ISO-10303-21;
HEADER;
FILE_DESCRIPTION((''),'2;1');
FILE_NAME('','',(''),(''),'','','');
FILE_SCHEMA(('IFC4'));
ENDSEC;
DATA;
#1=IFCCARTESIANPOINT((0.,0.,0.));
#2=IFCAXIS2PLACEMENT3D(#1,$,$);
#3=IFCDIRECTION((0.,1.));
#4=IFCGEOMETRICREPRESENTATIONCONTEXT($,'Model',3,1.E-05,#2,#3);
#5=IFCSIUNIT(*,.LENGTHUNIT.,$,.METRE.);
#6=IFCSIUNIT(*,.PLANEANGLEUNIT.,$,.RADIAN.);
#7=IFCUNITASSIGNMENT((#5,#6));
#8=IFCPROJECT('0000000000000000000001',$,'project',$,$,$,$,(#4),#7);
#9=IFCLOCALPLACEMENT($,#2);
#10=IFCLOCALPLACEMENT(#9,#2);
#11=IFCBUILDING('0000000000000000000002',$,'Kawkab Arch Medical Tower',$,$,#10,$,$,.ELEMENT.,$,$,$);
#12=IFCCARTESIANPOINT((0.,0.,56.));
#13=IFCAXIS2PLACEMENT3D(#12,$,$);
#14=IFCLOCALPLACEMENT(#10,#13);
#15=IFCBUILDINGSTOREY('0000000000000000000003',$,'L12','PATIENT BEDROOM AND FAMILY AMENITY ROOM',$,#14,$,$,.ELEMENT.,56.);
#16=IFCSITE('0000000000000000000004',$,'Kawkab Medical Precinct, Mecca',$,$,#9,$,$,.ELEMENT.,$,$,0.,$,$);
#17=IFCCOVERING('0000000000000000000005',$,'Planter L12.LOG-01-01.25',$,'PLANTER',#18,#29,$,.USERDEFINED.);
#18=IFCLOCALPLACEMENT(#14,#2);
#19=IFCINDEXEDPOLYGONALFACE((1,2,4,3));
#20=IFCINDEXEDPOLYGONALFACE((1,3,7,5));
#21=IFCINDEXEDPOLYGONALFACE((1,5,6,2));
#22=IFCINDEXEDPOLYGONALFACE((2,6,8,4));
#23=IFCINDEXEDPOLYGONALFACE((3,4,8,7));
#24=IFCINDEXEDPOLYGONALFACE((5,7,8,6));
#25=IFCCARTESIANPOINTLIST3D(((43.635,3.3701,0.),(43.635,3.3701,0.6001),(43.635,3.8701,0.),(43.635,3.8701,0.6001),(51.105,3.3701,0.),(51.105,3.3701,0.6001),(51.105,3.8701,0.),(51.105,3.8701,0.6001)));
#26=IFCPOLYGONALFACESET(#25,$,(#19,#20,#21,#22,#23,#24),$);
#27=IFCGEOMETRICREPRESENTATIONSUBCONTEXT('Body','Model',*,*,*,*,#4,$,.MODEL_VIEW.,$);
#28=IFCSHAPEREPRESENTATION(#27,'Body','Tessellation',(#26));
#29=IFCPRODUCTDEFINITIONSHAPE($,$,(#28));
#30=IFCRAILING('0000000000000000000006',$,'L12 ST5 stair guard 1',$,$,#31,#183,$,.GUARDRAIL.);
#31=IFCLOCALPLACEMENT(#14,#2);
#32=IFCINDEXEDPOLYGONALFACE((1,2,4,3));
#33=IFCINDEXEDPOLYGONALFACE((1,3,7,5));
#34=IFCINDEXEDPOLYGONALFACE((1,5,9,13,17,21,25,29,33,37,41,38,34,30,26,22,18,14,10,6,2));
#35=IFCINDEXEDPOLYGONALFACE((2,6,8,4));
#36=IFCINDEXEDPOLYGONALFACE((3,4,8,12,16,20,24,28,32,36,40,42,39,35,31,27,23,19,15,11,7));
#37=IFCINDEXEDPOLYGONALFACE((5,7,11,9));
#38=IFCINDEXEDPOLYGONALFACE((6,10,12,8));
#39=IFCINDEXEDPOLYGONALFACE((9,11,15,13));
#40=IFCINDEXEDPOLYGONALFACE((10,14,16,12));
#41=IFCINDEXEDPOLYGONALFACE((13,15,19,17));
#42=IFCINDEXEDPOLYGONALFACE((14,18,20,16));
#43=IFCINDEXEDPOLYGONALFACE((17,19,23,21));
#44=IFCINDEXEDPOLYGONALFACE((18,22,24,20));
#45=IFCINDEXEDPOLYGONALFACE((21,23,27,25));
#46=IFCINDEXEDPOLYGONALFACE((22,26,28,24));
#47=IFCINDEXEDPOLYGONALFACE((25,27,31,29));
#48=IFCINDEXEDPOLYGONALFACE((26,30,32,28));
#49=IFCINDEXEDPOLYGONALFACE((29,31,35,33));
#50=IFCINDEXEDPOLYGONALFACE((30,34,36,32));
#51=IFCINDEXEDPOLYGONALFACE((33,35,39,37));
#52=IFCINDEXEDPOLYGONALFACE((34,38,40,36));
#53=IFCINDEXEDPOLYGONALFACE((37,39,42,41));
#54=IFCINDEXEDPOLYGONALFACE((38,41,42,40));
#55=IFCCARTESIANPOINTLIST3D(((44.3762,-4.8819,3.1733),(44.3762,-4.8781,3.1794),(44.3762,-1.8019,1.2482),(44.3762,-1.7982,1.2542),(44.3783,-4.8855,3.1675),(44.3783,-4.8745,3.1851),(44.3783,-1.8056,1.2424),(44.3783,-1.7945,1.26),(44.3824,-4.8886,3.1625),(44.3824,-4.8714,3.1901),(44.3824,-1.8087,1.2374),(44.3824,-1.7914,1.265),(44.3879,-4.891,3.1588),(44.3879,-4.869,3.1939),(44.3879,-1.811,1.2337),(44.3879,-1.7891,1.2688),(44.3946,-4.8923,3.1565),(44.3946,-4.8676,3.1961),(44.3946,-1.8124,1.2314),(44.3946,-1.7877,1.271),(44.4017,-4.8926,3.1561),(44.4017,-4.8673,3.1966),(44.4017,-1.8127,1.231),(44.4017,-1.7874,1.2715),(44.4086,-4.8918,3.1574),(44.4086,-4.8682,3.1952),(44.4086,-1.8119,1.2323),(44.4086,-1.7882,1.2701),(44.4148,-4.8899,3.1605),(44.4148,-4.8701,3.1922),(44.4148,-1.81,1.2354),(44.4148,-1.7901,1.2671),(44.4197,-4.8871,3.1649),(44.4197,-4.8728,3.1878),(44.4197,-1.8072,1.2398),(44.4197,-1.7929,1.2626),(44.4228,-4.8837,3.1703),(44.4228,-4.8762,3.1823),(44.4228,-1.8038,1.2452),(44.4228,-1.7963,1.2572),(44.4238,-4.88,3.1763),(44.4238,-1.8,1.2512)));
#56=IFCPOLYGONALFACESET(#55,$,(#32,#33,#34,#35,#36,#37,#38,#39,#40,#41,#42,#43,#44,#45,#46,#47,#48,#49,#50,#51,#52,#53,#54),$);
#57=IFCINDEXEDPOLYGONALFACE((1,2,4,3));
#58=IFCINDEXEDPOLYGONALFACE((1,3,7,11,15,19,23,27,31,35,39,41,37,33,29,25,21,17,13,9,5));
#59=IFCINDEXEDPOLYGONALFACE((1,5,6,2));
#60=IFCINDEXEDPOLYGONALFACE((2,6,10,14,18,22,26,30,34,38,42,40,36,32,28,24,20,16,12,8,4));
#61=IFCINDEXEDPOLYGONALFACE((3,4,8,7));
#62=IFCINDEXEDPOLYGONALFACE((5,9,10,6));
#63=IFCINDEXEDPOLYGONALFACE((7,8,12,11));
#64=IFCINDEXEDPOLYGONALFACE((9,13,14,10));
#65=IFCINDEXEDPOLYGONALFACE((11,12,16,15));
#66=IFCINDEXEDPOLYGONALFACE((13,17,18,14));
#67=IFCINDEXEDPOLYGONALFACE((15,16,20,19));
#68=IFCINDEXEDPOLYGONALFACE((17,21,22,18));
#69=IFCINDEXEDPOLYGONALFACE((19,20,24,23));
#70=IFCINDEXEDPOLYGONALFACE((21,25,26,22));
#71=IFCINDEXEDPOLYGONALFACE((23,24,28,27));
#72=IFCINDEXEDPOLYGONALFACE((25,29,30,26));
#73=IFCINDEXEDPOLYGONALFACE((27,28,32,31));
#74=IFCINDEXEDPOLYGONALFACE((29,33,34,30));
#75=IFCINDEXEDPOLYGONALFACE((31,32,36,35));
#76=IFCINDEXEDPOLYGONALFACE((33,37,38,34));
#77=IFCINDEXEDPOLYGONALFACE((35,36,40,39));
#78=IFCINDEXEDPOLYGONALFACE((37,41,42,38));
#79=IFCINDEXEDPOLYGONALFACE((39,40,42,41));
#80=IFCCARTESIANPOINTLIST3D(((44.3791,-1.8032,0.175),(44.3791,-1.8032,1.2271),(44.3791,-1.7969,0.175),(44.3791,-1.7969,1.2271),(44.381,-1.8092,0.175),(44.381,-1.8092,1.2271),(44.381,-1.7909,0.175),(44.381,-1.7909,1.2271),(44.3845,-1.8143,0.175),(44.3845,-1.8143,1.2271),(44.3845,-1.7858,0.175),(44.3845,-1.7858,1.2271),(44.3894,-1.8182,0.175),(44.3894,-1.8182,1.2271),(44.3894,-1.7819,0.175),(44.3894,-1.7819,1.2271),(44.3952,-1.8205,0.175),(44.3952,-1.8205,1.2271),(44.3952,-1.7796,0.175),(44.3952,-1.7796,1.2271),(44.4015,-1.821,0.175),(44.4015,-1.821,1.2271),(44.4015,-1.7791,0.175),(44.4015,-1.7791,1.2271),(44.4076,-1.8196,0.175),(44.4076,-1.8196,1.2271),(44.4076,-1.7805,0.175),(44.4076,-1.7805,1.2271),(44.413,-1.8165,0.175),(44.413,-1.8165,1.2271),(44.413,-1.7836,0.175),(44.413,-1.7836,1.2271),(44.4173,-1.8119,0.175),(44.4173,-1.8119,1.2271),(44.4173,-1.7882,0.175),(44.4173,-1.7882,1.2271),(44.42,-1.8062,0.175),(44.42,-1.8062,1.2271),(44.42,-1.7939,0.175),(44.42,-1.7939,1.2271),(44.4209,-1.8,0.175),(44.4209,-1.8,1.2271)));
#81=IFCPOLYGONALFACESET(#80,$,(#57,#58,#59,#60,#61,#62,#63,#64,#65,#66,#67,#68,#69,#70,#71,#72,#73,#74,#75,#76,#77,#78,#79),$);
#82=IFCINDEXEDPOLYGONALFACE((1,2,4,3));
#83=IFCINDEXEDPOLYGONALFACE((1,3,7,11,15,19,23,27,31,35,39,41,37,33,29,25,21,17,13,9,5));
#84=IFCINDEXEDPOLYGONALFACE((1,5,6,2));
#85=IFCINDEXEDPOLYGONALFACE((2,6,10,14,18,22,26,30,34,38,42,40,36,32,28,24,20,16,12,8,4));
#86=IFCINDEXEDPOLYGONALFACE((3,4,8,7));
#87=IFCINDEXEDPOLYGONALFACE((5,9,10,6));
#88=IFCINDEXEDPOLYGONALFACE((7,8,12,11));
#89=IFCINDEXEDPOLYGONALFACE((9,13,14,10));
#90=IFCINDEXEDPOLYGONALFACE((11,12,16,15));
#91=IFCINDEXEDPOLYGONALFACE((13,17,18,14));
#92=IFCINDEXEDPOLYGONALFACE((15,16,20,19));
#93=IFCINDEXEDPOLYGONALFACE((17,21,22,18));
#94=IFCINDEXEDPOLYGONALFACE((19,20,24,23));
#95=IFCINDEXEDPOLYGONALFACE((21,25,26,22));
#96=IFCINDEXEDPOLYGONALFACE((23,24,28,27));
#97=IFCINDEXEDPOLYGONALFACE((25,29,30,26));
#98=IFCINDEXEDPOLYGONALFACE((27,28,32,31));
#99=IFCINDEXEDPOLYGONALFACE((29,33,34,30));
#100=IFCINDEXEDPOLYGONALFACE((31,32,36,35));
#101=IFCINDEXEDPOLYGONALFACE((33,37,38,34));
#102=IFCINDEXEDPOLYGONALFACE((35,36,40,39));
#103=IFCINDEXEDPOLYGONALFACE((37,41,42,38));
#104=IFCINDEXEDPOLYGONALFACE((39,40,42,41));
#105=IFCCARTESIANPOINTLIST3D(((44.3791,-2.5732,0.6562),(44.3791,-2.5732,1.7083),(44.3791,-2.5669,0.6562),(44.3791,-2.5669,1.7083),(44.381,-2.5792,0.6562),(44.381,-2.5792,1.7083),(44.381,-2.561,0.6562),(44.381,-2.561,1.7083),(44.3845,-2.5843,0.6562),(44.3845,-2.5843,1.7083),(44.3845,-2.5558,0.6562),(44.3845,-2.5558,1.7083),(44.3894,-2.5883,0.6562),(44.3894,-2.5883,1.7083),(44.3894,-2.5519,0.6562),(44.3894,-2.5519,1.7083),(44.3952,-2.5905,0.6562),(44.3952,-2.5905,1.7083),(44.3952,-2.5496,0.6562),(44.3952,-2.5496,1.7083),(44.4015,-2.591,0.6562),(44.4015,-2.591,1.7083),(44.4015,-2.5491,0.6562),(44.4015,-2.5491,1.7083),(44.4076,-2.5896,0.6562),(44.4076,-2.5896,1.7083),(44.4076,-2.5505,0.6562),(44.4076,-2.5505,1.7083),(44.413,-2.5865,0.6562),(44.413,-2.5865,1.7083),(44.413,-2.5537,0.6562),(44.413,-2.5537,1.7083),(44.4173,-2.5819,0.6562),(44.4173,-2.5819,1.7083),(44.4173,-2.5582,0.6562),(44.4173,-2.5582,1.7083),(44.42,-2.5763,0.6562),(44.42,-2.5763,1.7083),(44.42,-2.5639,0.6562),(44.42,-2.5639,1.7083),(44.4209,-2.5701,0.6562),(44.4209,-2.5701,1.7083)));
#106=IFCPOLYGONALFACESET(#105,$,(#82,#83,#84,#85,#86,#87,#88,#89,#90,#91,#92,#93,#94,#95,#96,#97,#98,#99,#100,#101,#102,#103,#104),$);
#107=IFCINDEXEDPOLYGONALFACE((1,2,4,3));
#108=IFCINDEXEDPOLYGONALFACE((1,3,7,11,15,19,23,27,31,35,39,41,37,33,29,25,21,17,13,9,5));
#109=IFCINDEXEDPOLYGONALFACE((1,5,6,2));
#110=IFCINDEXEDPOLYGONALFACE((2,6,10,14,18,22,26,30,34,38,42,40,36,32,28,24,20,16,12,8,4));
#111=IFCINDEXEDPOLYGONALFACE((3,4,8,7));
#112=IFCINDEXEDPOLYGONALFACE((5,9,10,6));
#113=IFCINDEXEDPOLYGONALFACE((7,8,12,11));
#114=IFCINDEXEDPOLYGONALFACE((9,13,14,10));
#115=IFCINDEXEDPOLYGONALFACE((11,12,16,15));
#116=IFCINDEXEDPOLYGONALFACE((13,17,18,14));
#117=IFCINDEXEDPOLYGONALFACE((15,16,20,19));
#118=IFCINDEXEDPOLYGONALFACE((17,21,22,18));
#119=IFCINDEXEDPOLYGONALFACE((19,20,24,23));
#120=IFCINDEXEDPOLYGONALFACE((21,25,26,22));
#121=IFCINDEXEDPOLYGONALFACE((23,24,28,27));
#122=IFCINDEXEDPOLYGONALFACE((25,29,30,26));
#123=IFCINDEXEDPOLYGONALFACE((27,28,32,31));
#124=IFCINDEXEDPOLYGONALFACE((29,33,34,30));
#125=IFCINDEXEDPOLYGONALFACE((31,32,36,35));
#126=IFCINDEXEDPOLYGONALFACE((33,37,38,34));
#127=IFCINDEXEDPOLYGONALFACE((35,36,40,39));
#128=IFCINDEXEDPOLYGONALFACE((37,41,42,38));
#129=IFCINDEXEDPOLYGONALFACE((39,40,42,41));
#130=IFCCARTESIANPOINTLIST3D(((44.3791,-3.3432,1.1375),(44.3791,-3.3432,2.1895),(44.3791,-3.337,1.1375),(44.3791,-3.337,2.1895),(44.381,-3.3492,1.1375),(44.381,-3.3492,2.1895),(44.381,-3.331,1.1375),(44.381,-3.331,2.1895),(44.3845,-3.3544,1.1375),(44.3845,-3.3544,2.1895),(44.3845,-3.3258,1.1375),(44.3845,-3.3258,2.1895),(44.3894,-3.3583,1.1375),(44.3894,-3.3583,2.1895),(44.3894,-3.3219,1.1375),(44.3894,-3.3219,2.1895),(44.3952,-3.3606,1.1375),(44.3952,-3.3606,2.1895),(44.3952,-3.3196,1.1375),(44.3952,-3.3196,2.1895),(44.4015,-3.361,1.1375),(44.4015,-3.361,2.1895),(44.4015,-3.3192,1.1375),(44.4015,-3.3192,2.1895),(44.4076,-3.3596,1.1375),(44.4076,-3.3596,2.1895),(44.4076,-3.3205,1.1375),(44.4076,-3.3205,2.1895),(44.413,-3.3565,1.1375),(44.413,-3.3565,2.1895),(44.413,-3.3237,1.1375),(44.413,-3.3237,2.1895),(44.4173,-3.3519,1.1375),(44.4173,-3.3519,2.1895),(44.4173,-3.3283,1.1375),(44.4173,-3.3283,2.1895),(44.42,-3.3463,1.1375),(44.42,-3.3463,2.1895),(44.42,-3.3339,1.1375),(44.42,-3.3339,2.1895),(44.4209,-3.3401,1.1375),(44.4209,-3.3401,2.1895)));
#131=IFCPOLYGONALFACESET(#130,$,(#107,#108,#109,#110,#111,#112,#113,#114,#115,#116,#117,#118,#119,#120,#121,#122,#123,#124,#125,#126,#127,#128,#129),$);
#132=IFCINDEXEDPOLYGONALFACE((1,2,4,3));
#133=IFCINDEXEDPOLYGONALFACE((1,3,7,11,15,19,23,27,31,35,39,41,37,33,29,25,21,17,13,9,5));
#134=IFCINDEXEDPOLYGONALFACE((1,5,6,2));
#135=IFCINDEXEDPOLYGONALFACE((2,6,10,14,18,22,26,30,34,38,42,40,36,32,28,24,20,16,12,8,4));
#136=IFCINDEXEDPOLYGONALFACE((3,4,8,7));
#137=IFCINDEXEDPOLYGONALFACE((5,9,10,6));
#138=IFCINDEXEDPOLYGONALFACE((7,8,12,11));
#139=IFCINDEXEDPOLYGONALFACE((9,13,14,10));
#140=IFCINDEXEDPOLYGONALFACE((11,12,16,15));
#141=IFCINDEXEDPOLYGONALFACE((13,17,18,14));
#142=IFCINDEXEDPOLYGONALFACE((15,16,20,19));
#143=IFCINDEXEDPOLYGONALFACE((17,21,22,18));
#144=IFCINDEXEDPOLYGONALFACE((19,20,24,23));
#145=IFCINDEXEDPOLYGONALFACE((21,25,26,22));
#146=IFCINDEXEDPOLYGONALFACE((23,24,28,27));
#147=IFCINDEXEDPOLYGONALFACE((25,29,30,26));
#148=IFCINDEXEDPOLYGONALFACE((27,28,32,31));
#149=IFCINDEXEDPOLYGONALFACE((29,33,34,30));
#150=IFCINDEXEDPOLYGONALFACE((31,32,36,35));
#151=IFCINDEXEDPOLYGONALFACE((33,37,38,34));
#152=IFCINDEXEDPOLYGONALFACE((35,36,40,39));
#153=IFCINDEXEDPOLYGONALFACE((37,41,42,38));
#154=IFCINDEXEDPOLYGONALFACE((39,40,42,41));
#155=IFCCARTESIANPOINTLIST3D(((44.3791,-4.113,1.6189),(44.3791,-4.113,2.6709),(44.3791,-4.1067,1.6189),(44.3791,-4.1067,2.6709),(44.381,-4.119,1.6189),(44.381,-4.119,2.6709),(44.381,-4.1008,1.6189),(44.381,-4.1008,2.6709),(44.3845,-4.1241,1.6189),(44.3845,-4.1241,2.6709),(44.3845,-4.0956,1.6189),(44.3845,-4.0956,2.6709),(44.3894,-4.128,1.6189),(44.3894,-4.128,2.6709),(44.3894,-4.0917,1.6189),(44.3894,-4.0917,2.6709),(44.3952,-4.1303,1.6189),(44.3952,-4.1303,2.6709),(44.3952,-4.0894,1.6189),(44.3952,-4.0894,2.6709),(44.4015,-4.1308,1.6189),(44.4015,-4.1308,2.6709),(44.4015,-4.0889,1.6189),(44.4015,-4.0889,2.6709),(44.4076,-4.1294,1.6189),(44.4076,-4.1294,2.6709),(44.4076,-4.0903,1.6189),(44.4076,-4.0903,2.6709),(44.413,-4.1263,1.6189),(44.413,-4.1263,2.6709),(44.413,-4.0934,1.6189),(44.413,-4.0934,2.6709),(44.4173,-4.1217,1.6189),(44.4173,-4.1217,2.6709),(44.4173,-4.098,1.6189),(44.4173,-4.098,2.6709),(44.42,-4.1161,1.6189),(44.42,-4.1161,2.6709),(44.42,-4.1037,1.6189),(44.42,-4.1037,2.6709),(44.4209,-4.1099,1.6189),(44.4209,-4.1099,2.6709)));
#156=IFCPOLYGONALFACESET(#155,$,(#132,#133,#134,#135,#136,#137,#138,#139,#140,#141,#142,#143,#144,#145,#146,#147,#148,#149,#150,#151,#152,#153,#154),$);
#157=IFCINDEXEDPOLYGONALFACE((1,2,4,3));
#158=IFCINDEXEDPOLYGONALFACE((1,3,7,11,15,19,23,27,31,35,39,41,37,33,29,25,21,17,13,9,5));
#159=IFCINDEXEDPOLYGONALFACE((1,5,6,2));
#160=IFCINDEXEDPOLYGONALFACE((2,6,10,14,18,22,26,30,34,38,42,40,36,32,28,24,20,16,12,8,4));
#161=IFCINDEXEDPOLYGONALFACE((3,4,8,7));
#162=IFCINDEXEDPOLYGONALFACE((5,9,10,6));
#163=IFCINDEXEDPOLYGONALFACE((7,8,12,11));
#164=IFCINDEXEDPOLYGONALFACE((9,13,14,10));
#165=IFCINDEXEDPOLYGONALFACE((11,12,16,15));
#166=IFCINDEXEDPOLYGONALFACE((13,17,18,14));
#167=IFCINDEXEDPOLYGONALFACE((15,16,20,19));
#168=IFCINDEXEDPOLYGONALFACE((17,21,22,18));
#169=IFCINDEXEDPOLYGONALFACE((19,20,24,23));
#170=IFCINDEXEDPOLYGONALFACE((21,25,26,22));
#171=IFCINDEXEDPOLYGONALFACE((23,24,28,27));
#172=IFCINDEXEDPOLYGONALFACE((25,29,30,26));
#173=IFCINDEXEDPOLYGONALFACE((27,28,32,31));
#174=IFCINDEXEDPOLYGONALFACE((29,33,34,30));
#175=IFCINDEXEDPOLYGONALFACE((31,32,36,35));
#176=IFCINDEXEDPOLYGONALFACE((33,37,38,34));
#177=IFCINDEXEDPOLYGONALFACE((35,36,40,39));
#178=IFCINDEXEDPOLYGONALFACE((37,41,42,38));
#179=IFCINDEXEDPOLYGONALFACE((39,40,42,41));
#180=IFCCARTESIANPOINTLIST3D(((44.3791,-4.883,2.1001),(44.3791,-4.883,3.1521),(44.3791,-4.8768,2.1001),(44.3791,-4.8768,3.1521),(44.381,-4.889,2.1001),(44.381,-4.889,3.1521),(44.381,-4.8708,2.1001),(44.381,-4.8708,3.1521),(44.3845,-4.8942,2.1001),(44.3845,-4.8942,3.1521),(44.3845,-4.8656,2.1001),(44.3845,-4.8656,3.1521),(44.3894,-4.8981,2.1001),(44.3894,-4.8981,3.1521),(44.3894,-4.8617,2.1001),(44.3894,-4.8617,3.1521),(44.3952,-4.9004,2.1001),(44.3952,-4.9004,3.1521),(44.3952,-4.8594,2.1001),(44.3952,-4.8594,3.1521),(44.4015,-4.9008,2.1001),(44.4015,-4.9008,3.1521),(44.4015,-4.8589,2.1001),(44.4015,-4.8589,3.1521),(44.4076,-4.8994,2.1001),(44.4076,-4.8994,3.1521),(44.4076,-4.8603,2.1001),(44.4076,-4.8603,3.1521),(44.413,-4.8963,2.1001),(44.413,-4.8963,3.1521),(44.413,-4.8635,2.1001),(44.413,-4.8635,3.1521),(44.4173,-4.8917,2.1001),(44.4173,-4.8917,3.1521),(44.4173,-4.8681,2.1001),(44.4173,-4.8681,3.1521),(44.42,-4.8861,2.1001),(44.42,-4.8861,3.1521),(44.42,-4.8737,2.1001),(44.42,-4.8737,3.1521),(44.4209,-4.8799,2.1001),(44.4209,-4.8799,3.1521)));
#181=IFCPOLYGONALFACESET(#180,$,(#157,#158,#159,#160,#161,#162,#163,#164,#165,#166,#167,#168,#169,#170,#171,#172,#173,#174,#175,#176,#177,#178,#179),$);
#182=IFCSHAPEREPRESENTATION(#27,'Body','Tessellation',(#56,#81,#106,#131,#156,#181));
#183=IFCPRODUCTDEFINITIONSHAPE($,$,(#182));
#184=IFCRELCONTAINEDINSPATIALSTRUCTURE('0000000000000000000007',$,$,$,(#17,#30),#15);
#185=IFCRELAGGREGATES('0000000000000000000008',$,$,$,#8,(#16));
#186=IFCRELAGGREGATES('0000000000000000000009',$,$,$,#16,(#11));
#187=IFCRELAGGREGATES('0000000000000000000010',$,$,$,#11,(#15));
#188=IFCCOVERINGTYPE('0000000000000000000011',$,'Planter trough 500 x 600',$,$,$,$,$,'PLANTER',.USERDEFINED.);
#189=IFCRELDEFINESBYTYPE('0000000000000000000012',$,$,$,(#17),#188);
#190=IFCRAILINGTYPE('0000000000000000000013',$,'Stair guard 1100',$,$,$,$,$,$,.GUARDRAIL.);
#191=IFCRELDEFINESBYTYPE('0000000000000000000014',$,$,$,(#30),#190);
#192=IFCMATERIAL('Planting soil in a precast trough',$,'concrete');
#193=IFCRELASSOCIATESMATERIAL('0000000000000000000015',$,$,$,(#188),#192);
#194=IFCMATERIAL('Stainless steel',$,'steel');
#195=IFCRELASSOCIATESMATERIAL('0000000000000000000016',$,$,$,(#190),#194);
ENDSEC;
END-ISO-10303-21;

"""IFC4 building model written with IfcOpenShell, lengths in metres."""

from ifc_helpers import new_model, si_unit, direction, frame, origin, origin_2d, place, context, subcontext, project, spatial, rectangle, circle, extrude, material, material_profile, profile_set, type_object, element, save


model = new_model("IFC4")

# Units and contexts
model_context = context("Model", 3, precision=1e-05, world=origin(), true_north=direction((0.0, 1.0)))
body_context = subcontext(model_context, "Body", "Model", "MODEL_VIEW")
ifc_project = project(units=[si_unit("LENGTHUNIT", "METRE"), si_unit("PLANEANGLEUNIT", "RADIAN")], contexts=[model_context])

# Site, building, storey
site_placement = place(None, origin())
site = spatial("IfcSite", under=ifc_project, at=site_placement, Name="Kawkab Medical Precinct, Mecca", CompositionType="ELEMENT", RefElevation=0.0)
building_placement = place(site_placement, origin())
building = spatial("IfcBuilding", under=site, at=building_placement, Name="Kawkab Arch Medical Tower", CompositionType="ELEMENT")
storey_placement = place(building_placement, frame((0.0, 0.0, 56.0)))
storey = spatial("IfcBuildingStorey", under=building, at=storey_placement, Name="L12", Description="PATIENT BEDROOM AND FAMILY AMENITY ROOM", CompositionType="ELEMENT", Elevation=56.0)

# Covering
ifc_material_1 = material(Name="Planting soil in a precast trough", Category="concrete")
ifc_material_profile_1 = material_profile(ifc_material_1, rectangle(XDim=0.5, YDim=0.6001, at=origin_2d()), Name="Trough 500x600")
ifc_profile_set_1 = profile_set([ifc_material_profile_1], Name="Planting soil in a precast trough")
covering_type_1 = type_object("IfcCoveringType", Name="Planter trough 500 x 600", ElementType="PLANTER", PredefinedType="USERDEFINED", material=ifc_profile_set_1)
covering_1_placement = place(storey_placement, frame((43.635, 3.6201, 0.3), z_axis=(1.0, 0.0, 0.0), x_axis=(0.0, 1.0, 0.0)))
element("IfcCovering", 1, at=covering_1_placement, inside=storey, type_object=covering_type_1, Name="Planter L12.LOG-01-01.25", ObjectType="PLANTER", PredefinedType="USERDEFINED", context=body_context, shape_type="SweptSolid", body=[
    extrude(rectangle(XDim=0.5, YDim=0.6001, at=origin_2d()), origin(), (0.0, 0.0, 1.0), 7.47),
])

# Railing
ifc_material_2 = material(Name="Stainless steel", Category="steel")
railing_type_1 = type_object("IfcRailingType", Name="Stair guard 1100", PredefinedType="GUARDRAIL", material=ifc_material_2)
railing_1_placement = place(storey_placement, frame((44.3999, -1.8, 0.175)))
element("IfcRailing", 2, at=railing_1_placement, inside=storey, type_object=railing_type_1, Name="L12 ST5 stair guard 1", PredefinedType="GUARDRAIL", context=body_context, shape_type="SweptSolid", body=[
    extrude(circle(Radius=0.0239, at=origin_2d()), frame((0.0, 0.0, 1.0762), z_axis=(0.0, -0.847979, 0.530029), x_axis=(1.0, 0.0, 0.0)), (0.0, 0.0, 1.0), 3.6321),
    extrude(circle(Radius=0.021, at=origin_2d()), origin(), (0.0, 0.0, 1.0), 1.052),
    extrude(circle(Radius=0.021, at=origin_2d()), frame((0.0, -0.77, 0.4812)), (0.0, 0.0, 1.0), 1.052),
    extrude(circle(Radius=0.021, at=origin_2d()), frame((0.0, -1.54, 0.9624)), (0.0, 0.0, 1.0), 1.052),
    extrude(circle(Radius=0.021, at=origin_2d()), frame((0.0, -2.3098, 1.4438)), (0.0, 0.0, 1.0), 1.052),
    extrude(circle(Radius=0.021, at=origin_2d()), frame((0.0, -3.0798, 1.925)), (0.0, 0.0, 1.0), 1.052),
])

save(model, "model.ifc")
